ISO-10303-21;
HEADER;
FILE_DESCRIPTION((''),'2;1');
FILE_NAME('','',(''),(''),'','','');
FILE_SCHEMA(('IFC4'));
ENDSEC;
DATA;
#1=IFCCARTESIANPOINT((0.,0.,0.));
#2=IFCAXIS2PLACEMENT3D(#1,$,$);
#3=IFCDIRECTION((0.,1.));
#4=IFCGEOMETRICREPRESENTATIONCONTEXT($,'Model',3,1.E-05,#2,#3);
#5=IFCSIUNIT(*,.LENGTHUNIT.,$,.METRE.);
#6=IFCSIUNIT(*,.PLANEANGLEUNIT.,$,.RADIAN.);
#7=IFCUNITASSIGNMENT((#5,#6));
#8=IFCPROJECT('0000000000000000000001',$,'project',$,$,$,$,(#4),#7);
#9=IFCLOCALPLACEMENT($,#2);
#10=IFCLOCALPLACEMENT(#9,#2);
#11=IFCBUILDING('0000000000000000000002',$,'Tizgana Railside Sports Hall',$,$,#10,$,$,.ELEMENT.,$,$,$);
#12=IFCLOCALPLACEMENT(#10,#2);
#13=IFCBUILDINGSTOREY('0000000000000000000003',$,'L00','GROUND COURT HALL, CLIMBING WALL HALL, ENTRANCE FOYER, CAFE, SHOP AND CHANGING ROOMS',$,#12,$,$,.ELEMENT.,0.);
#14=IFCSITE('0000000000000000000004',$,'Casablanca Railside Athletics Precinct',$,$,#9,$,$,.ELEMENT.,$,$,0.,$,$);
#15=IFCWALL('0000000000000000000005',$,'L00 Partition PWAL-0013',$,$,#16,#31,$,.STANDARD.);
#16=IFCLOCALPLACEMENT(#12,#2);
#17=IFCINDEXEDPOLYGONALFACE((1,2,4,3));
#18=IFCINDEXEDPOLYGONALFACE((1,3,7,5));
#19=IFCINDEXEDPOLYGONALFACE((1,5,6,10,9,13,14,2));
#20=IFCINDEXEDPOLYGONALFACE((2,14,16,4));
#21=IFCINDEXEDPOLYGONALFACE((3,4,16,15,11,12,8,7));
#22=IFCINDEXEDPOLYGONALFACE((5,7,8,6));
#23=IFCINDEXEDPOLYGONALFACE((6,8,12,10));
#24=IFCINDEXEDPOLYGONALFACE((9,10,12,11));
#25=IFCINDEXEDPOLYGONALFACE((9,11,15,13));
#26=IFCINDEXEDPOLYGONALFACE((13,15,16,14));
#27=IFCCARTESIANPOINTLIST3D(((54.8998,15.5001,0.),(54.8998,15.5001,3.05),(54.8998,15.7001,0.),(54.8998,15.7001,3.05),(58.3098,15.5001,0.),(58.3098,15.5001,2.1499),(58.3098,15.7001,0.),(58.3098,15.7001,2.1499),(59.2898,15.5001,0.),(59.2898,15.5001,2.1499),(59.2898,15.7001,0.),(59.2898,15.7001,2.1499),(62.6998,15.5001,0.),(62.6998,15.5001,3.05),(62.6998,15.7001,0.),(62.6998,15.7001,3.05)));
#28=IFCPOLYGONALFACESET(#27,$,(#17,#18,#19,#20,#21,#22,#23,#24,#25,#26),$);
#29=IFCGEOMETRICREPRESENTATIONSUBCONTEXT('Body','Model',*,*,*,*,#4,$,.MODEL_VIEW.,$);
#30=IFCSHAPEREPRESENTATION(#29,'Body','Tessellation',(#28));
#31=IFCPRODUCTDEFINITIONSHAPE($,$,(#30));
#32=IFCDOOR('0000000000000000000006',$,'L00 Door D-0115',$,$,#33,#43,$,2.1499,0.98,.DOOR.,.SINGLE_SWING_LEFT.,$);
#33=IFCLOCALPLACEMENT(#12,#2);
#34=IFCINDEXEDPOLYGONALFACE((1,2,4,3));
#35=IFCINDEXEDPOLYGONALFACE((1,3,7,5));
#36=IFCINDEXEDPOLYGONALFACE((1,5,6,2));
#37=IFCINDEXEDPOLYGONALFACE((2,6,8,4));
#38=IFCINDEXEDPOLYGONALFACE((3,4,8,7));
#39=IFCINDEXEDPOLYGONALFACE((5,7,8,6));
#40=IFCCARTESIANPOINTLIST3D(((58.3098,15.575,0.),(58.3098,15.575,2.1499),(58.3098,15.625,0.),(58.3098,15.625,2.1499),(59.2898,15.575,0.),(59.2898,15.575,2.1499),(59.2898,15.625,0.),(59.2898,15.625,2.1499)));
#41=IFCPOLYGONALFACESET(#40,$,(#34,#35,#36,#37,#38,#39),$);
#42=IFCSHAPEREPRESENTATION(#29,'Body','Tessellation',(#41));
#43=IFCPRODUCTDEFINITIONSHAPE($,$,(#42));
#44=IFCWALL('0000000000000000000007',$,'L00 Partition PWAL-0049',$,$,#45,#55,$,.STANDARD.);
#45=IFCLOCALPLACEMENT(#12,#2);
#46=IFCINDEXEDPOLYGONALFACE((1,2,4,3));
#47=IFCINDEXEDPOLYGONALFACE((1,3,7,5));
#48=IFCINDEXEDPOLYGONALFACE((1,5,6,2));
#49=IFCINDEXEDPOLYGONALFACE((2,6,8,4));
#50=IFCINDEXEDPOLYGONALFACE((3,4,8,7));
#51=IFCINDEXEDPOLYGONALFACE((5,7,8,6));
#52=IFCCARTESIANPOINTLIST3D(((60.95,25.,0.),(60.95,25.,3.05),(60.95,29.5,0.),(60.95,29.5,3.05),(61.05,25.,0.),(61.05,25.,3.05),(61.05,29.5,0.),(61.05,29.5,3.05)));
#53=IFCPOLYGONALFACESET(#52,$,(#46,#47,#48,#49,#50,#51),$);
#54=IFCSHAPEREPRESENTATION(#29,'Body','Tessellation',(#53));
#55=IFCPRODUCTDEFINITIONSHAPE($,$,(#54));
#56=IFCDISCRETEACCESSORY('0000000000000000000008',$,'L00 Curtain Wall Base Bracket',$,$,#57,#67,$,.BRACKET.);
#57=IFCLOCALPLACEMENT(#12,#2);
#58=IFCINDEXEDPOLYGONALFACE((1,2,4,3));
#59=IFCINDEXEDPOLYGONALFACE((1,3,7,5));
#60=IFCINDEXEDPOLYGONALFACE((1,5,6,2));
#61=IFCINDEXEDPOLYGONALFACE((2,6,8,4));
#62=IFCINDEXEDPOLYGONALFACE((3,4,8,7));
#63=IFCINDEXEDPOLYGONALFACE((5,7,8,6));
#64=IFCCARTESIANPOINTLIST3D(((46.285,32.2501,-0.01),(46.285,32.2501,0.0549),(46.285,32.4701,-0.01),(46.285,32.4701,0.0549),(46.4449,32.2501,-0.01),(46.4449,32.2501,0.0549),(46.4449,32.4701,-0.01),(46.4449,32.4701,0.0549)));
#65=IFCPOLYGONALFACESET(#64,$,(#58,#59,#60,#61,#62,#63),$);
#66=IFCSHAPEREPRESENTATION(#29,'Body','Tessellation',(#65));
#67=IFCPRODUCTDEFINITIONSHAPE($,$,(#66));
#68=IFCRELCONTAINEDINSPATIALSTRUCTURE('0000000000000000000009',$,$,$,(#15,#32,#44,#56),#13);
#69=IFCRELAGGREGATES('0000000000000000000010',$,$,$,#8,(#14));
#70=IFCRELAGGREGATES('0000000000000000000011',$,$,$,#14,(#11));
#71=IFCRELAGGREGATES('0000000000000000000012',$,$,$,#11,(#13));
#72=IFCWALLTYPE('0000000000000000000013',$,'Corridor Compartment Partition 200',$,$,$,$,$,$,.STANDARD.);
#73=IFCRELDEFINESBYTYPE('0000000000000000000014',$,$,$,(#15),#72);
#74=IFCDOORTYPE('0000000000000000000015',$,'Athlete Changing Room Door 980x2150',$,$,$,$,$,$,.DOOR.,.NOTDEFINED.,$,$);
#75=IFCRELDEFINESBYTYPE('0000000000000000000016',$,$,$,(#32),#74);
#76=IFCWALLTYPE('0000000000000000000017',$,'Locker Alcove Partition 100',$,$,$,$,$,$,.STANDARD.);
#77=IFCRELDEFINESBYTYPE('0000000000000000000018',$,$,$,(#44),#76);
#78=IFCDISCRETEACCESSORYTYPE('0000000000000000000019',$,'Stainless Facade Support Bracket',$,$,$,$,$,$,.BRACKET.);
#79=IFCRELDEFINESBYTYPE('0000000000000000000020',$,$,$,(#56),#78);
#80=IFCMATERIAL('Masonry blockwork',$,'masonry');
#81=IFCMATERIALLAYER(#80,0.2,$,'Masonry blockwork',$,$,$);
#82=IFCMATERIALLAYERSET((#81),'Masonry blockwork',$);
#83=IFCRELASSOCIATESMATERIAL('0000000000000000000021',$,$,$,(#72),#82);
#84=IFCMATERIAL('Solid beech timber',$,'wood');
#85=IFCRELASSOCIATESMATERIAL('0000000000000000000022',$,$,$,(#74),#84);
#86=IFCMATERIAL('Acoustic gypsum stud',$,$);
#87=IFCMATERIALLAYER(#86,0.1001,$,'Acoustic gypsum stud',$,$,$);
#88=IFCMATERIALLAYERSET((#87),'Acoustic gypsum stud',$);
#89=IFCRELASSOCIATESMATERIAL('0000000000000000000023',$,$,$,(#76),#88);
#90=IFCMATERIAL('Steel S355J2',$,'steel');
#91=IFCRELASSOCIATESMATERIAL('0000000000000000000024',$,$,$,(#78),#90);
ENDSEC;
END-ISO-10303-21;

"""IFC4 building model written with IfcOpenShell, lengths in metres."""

from ifc_helpers import new_model, si_unit, direction, frame, frame_2d, origin, origin_2d, place, context, subcontext, project, spatial, rectangle, extrude, material, layer, layer_set, type_object, element, fill, save


model = new_model("IFC4")

# Units and contexts
model_context = context("Model", 3, precision=1e-05, world=origin(), true_north=direction((0.0, 1.0)))
body_context = subcontext(model_context, "Body", "Model", "MODEL_VIEW")
ifc_project = project(units=[si_unit("LENGTHUNIT", "METRE"), si_unit("PLANEANGLEUNIT", "RADIAN")], contexts=[model_context])

# Site, building, storey
site_placement = place(None, origin())
site = spatial("IfcSite", under=ifc_project, at=site_placement, Name="Casablanca Railside Athletics Precinct", CompositionType="ELEMENT", RefElevation=0.0)
building_placement = place(site_placement, origin())
building = spatial("IfcBuilding", under=site, at=building_placement, Name="Tizgana Railside Sports Hall", CompositionType="ELEMENT")
storey_placement = place(building_placement, origin())
storey = spatial("IfcBuildingStorey", under=building, at=storey_placement, Name="L00", Description="GROUND COURT HALL, CLIMBING WALL HALL, ENTRANCE FOYER, CAFE, SHOP AND CHANGING ROOMS", CompositionType="ELEMENT", Elevation=0.0)

# Shared definitions
ifc_material_1 = material(Name="Steel S355J2", Category="steel")

# Wall, opening, door
ifc_material_2 = material(Name="Masonry blockwork", Category="masonry")
ifc_material_3 = material(Name="Solid beech timber", Category="wood")
ifc_material_4 = material(Name="Acoustic gypsum stud")
ifc_layer_1 = layer(ifc_material_2, 0.2, Name="Masonry blockwork")
ifc_layer_set_1 = layer_set([ifc_layer_1], Name="Masonry blockwork")
wall_type_1 = type_object("IfcWallType", Name="Corridor Compartment Partition 200", PredefinedType="STANDARD", material=ifc_layer_set_1)
wall_1_placement = place(storey_placement, frame((54.8999, 15.6001, 0.0), z_axis=(0.0, 0.0, 1.0), x_axis=(1.0, 0.0, 0.0)))
wall_1 = element("IfcWall", 1, at=wall_1_placement, inside=storey, type_object=wall_type_1, Name="L00 Partition PWAL-0013", PredefinedType="STANDARD", context=body_context, shape_type="SweptSolid", body=[
    extrude(rectangle(XDim=7.8, YDim=0.2, at=frame_2d((3.8999, 0.0))), origin(), (0.0, 0.0, 1.0), 3.05),
])
opening_1_placement = place(wall_1_placement, frame((3.4099, 0.0, 0.0)))
opening_1 = element("IfcOpeningElement", 2, at=opening_1_placement, cuts=wall_1, PredefinedType="OPENING", context=body_context, shape_type="SweptSolid", body=[
    extrude(rectangle(XDim=0.98, YDim=2.1499, at=frame_2d((0.49, 1.075))), frame((0.0, 0.1099, 0.0), z_axis=(0.0, -1.0, 0.0), x_axis=(1.0, 0.0, 0.0)), (0.0, 0.0, 1.0), 0.22),
])
door_type_1 = type_object("IfcDoorType", Name="Athlete Changing Room Door 980x2150", OperationType="NOTDEFINED", PredefinedType="DOOR", material=ifc_material_3)
door_1_placement = place(opening_1_placement, origin())
door_1 = element("IfcDoor", 3, at=door_1_placement, inside=storey, type_object=door_type_1, Name="L00 Door D-0115", OperationType="SINGLE_SWING_LEFT", OverallHeight=2.1499, OverallWidth=0.98, PredefinedType="DOOR", context=body_context, shape_type="SweptSolid", body=[
    extrude(rectangle(XDim=0.98, YDim=2.1499, at=frame_2d((0.49, 1.075))), frame((0.0, 0.0249, 0.0), z_axis=(0.0, -1.0, 0.0), x_axis=(1.0, 0.0, 0.0)), (0.0, 0.0, 1.0), 0.05),
])
fill(opening_1, door_1)

# Wall
ifc_layer_2 = layer(ifc_material_4, 0.1001, Name="Acoustic gypsum stud")
ifc_layer_set_2 = layer_set([ifc_layer_2], Name="Acoustic gypsum stud")
wall_type_2 = type_object("IfcWallType", Name="Locker Alcove Partition 100", PredefinedType="STANDARD", material=ifc_layer_set_2)
wall_2_placement = place(storey_placement, frame((61.0, 25.0, 0.0), z_axis=(0.0, 0.0, 1.0), x_axis=(0.0, 1.0, 0.0)))
element("IfcWall", 4, at=wall_2_placement, inside=storey, type_object=wall_type_2, Name="L00 Partition PWAL-0049", PredefinedType="STANDARD", context=body_context, shape_type="SweptSolid", body=[
    extrude(rectangle(XDim=4.5, YDim=0.1001, at=frame_2d((2.25, 0.0))), origin(), (0.0, 0.0, 1.0), 3.05),
])

# Discrete accessory
discrete_accessory_type = type_object("IfcDiscreteAccessoryType", Name="Stainless Facade Support Bracket", PredefinedType="BRACKET", material=ifc_material_1)
discrete_accessory_placement = place(storey_placement, frame((46.365, 32.3601, -0.01), z_axis=(0.0, 0.0, 1.0), x_axis=(1.0, 0.0, 0.0)))
element("IfcDiscreteAccessory", 5, at=discrete_accessory_placement, inside=storey, type_object=discrete_accessory_type, Name="L00 Curtain Wall Base Bracket", PredefinedType="BRACKET", context=body_context, shape_type="SweptSolid", body=[
    extrude(rectangle(XDim=0.1599, YDim=0.22, at=origin_2d()), origin(), (0.0, 0.0, 1.0), 0.0649),
])

save(model, "model.ifc")
